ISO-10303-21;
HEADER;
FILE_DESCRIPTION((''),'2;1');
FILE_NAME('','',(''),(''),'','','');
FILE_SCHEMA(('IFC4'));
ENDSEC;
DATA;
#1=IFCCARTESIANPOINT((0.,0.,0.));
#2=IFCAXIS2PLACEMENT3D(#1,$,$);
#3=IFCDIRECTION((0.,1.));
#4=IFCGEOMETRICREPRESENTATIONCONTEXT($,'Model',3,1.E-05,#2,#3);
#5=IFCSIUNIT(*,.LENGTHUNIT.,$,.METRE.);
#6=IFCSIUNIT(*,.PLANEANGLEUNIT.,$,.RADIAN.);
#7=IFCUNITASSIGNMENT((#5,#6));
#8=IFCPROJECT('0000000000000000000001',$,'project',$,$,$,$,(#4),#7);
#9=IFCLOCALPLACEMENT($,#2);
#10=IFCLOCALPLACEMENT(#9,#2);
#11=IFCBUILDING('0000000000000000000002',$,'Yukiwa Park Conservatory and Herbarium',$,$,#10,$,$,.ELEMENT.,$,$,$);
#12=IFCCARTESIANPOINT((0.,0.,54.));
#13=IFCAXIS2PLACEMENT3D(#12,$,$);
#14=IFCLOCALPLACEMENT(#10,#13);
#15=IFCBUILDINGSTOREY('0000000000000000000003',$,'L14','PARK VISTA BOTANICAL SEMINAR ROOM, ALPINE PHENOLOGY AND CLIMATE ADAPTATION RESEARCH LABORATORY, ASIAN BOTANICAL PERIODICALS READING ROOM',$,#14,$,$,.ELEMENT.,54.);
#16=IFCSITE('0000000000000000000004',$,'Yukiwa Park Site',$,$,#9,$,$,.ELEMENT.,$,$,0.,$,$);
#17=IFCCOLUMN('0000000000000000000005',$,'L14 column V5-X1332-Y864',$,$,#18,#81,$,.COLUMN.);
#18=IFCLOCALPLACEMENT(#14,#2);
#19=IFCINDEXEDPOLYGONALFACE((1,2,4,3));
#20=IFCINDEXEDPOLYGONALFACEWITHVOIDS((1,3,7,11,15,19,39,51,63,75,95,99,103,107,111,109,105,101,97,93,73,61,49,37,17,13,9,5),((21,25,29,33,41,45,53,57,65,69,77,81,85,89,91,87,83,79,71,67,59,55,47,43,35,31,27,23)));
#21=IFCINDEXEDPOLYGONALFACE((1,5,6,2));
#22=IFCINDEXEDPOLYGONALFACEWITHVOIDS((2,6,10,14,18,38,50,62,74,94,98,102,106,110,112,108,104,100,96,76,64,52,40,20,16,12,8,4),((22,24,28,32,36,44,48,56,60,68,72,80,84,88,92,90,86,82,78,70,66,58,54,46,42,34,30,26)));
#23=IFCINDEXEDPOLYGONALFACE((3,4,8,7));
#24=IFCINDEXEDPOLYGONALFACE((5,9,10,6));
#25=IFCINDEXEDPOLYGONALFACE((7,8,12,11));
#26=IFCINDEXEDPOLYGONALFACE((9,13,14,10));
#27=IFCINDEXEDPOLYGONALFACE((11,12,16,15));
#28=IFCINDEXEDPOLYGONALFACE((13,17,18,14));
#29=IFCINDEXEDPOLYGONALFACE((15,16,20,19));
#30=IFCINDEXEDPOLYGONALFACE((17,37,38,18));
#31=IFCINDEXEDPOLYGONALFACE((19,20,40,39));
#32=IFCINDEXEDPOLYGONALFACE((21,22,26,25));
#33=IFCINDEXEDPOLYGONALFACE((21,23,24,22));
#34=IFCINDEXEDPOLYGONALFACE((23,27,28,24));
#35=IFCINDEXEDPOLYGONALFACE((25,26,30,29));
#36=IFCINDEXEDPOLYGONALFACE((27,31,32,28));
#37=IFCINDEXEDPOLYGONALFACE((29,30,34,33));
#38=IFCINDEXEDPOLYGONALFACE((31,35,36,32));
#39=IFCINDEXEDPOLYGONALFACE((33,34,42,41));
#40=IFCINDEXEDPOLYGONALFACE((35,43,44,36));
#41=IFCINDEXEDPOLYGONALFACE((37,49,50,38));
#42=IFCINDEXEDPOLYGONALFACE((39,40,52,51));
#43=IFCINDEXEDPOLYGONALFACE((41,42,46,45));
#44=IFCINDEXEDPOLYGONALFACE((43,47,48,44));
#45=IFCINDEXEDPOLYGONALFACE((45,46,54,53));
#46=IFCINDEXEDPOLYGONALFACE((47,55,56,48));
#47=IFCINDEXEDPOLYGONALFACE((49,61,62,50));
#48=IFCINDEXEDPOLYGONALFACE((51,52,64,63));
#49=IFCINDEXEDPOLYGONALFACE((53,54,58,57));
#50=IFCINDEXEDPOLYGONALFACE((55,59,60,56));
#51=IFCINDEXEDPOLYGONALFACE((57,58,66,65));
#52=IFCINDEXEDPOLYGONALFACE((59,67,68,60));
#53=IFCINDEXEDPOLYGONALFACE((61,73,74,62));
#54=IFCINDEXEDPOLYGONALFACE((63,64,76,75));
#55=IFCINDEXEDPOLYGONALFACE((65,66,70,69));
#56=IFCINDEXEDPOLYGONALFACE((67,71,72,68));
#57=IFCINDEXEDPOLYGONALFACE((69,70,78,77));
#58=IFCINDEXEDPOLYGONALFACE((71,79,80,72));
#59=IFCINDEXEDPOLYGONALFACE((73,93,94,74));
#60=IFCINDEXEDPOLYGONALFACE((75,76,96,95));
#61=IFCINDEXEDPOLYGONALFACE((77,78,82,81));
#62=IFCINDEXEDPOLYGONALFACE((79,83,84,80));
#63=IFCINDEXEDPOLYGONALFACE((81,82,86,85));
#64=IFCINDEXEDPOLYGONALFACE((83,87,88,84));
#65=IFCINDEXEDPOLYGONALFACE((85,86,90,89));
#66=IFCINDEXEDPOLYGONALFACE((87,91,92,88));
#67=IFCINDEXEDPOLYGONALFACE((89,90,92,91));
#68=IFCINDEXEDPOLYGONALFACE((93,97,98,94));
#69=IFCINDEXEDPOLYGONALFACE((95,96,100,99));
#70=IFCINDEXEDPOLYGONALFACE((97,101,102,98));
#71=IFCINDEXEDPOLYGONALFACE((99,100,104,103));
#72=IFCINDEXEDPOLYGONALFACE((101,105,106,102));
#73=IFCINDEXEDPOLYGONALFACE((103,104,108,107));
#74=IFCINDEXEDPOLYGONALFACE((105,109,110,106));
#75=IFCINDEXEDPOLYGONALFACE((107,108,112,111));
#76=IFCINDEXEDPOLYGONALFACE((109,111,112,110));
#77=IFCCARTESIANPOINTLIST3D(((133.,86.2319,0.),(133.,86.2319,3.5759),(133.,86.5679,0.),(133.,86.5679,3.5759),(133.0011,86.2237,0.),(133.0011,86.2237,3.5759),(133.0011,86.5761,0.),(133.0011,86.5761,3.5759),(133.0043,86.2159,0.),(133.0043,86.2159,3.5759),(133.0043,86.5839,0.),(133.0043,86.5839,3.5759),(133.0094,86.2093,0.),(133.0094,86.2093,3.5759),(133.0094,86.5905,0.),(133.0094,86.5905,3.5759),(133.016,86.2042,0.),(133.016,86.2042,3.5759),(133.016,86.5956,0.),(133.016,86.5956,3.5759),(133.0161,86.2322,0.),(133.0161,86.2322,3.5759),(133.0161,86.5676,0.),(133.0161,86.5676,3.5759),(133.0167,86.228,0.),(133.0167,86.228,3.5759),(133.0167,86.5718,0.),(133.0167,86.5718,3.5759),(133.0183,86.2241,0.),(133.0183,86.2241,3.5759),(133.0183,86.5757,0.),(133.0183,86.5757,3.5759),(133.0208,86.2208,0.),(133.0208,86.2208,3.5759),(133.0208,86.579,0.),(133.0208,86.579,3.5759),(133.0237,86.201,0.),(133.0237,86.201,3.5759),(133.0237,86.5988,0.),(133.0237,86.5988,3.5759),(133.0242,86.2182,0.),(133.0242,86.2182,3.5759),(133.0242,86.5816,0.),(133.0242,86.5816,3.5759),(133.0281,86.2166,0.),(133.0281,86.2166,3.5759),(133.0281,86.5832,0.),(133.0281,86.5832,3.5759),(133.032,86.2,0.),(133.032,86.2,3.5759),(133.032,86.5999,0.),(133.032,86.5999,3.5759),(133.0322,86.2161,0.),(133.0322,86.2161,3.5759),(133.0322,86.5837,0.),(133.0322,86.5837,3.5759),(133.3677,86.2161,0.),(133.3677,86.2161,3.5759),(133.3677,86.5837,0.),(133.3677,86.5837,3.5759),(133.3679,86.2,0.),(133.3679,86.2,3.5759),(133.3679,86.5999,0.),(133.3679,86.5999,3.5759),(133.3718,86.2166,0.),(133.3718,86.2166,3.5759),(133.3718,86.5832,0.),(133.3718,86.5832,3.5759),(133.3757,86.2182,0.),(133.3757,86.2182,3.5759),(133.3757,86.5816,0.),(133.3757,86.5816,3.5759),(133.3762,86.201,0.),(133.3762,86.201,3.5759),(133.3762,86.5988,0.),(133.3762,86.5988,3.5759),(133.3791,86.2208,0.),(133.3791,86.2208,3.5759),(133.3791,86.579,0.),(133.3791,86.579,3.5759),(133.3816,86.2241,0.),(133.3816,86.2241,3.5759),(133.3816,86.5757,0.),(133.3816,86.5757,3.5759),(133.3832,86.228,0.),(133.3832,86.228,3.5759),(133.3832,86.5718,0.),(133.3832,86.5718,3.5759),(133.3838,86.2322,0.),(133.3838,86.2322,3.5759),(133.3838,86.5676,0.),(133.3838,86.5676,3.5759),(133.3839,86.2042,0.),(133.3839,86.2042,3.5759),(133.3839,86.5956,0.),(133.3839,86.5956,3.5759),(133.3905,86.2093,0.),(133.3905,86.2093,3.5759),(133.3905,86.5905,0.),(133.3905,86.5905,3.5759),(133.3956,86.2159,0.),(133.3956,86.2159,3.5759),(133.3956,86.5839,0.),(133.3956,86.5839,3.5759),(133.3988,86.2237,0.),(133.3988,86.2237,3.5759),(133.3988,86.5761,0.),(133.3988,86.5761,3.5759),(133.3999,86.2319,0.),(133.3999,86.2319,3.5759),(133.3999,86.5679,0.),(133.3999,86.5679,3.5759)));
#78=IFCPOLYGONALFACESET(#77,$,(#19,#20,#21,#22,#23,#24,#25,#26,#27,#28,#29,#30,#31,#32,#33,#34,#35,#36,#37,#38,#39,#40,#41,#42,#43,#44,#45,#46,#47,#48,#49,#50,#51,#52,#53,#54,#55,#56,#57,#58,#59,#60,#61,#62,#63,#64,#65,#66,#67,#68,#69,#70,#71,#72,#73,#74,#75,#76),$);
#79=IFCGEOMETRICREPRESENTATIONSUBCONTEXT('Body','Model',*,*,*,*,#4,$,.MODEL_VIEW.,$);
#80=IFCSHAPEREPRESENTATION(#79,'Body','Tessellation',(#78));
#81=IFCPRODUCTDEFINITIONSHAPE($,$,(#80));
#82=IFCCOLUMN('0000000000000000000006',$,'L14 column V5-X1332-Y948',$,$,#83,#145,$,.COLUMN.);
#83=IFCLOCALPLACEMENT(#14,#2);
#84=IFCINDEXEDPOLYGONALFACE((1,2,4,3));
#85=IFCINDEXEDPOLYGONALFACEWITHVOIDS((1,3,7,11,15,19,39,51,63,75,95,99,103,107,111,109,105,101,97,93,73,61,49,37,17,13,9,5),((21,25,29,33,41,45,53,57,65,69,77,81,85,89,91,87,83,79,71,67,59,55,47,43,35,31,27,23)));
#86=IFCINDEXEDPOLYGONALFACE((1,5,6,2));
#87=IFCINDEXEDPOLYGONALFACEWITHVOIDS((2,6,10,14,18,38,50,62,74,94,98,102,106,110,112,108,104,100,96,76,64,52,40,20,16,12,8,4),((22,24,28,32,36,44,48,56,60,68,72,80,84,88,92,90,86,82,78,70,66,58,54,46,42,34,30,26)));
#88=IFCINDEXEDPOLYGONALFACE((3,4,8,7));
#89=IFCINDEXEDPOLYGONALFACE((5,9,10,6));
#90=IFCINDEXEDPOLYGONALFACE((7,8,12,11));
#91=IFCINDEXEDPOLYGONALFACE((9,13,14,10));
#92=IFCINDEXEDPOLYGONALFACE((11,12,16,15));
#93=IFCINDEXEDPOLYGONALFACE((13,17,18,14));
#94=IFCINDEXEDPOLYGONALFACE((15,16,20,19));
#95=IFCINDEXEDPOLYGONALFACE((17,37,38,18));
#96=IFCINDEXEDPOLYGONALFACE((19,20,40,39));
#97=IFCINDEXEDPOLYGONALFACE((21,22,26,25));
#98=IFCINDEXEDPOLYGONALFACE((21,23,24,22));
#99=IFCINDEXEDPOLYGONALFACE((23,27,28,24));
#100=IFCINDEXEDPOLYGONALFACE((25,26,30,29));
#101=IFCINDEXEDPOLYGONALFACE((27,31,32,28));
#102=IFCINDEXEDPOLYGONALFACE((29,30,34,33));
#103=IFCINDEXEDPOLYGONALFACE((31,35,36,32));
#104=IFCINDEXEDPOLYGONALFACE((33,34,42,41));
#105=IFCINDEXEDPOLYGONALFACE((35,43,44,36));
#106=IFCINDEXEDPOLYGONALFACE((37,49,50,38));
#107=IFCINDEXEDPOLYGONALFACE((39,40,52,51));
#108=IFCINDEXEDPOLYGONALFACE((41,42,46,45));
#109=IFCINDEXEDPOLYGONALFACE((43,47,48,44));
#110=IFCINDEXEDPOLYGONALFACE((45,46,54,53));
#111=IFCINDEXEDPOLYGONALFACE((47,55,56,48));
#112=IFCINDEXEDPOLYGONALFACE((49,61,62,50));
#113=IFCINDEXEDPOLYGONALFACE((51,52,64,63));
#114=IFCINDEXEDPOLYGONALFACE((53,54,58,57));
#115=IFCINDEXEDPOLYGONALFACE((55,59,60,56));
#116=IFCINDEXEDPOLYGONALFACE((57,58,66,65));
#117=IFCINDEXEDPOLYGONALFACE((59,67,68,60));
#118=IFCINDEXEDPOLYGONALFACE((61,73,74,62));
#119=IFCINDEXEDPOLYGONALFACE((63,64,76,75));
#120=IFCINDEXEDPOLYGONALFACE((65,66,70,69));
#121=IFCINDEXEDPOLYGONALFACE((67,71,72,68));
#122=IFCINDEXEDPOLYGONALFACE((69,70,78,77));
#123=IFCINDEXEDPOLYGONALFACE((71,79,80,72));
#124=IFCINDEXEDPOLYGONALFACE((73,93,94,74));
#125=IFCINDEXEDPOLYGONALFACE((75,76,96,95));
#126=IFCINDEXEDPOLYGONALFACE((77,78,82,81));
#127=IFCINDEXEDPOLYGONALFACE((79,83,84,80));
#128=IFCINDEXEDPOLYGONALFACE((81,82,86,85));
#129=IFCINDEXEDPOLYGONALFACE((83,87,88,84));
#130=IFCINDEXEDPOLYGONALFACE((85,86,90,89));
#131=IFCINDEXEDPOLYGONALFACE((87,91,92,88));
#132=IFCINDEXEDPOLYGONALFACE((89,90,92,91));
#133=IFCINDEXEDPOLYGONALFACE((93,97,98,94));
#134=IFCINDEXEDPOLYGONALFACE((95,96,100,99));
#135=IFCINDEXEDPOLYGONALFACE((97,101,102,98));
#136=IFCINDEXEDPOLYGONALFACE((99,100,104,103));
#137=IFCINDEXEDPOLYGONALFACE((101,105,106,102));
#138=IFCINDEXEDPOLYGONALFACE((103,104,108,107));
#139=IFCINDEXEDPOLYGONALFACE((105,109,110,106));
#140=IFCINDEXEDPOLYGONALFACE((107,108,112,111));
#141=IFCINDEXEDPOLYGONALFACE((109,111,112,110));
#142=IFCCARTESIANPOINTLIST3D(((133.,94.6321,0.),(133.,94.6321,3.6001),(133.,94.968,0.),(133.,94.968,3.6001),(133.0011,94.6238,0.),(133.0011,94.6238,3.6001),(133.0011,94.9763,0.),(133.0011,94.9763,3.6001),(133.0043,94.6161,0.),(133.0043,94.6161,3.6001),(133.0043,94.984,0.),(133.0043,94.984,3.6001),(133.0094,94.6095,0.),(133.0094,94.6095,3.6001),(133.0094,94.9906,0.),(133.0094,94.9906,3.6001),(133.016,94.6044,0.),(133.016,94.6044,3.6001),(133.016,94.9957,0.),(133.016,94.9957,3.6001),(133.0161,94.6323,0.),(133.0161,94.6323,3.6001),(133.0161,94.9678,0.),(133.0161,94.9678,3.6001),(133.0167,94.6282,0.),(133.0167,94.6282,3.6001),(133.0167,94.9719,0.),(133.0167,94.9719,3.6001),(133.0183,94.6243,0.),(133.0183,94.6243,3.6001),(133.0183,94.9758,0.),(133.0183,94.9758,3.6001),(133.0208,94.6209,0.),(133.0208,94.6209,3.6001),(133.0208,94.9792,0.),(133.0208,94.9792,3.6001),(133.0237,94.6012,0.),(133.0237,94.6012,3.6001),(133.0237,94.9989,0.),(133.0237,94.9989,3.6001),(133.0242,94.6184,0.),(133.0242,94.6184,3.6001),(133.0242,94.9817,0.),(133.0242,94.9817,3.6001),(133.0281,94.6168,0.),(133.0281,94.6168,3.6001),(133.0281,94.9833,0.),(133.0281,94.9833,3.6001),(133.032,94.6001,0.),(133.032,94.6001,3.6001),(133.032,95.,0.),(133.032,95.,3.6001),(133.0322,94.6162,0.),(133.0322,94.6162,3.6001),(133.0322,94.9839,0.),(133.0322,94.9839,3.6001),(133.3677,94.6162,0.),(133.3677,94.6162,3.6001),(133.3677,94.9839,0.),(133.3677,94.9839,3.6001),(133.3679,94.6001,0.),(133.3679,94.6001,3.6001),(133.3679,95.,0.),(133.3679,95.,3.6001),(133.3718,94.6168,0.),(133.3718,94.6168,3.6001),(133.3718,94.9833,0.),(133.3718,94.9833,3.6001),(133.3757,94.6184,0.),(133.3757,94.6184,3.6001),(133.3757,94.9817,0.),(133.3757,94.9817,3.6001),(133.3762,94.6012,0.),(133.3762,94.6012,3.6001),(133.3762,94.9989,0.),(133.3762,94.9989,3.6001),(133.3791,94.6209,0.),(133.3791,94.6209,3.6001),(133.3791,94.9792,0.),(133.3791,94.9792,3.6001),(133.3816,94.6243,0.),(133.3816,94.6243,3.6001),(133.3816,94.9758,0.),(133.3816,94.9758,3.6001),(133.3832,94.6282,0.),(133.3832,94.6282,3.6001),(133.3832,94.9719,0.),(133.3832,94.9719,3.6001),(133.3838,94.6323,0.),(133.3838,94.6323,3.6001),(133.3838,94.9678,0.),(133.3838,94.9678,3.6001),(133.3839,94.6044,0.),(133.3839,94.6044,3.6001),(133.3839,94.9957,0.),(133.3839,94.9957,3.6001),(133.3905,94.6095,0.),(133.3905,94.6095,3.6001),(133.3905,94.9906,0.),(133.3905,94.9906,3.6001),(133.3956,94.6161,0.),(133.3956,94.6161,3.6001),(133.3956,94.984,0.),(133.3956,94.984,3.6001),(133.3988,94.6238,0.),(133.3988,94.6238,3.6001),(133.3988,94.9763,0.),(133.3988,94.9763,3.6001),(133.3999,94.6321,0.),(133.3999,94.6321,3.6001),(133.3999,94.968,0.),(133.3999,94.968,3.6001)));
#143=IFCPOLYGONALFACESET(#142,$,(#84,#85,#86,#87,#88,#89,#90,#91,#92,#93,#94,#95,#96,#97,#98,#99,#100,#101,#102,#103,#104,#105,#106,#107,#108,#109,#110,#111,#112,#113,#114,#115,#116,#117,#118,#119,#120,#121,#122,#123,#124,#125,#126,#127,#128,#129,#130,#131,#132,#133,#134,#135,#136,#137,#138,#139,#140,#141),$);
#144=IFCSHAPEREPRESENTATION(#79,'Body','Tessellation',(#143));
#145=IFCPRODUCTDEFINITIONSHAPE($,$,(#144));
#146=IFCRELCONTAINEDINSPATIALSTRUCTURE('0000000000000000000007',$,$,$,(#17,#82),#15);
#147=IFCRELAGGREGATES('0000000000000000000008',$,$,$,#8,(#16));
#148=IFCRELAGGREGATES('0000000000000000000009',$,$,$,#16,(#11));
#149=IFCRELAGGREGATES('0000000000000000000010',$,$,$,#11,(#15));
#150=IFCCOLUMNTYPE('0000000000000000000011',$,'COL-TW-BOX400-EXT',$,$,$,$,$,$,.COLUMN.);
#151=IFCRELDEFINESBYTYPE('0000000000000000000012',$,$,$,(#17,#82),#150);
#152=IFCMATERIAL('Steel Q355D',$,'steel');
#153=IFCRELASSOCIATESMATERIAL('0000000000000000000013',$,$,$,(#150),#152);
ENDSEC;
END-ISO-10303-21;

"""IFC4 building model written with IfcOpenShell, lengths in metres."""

from ifc_helpers import new_model, si_unit, direction, frame, origin, origin_2d, place, context, subcontext, project, spatial, hollow_rectangle, extrude, material, material_profile, profile_set, type_object, element, save


model = new_model("IFC4")

# Units and contexts
model_context = context("Model", 3, precision=1e-05, world=origin(), true_north=direction((0.0, 1.0)))
body_context = subcontext(model_context, "Body", "Model", "MODEL_VIEW")
ifc_project = project(units=[si_unit("LENGTHUNIT", "METRE"), si_unit("PLANEANGLEUNIT", "RADIAN")], contexts=[model_context])

# Site, building, storey
site_placement = place(None, origin())
site = spatial("IfcSite", under=ifc_project, at=site_placement, Name="Yukiwa Park Site", CompositionType="ELEMENT", RefElevation=0.0)
building_placement = place(site_placement, origin())
building = spatial("IfcBuilding", under=site, at=building_placement, Name="Yukiwa Park Conservatory and Herbarium", CompositionType="ELEMENT")
storey_placement = place(building_placement, frame((0.0, 0.0, 54.0)))
storey = spatial("IfcBuildingStorey", under=building, at=storey_placement, Name="L14", Description="PARK VISTA BOTANICAL SEMINAR ROOM, ALPINE PHENOLOGY AND CLIMATE ADAPTATION RESEARCH LABORATORY, ASIAN BOTANICAL PERIODICALS READING ROOM", CompositionType="ELEMENT", Elevation=54.0)

# Columns
ifc_material_1 = material(Name="Steel Q355D", Category="steel")
ifc_material_profile_1 = material_profile(ifc_material_1, hollow_rectangle(XDim=0.3999, YDim=0.3999, WallThickness=0.0161, InnerFilletRadius=0.0161, OuterFilletRadius=0.032, at=origin_2d()), Name="BOX 400x400x16")
ifc_profile_set_1 = profile_set([ifc_material_profile_1], Name="Steel Q355D")
column_type = type_object("IfcColumnType", Name="COL-TW-BOX400-EXT", PredefinedType="COLUMN", material=ifc_profile_set_1)
column_placement = place(storey_placement, frame((133.2, 86.3999, 0.0), z_axis=(0.0, 0.0, 1.0), x_axis=(1.0, 0.0, 0.0)))
element("IfcColumn", 1, at=column_placement, inside=storey, type_object=column_type, Name="L14 column V5-X1332-Y864", PredefinedType="COLUMN", context=body_context, shape_type="SweptSolid", body=[
    extrude(hollow_rectangle(XDim=0.3999, YDim=0.3999, WallThickness=0.0161, InnerFilletRadius=0.0161, OuterFilletRadius=0.032, at=origin_2d()), origin(), (0.0, 0.0, 1.0), 3.5759),
])
for number, where, z_axis, x_axis, name in (
    (2, (133.2, 94.8, 0.0), (0.0, 0.0, 1.0), (1.0, 0.0, 0.0), "L14 column V5-X1332-Y948"),
):
    element("IfcColumn", number, at=place(storey_placement, frame(where, z_axis=z_axis, x_axis=x_axis)), inside=storey, type_object=column_type, Name=name, PredefinedType="COLUMN", context=body_context, shape_type="SweptSolid", body=[
        extrude(hollow_rectangle(XDim=0.3999, YDim=0.3999, WallThickness=0.0161, InnerFilletRadius=0.0161, OuterFilletRadius=0.032, at=origin_2d()), origin(), (0.0, 0.0, 1.0), 3.6001),
    ])

save(model, "model.ifc")
